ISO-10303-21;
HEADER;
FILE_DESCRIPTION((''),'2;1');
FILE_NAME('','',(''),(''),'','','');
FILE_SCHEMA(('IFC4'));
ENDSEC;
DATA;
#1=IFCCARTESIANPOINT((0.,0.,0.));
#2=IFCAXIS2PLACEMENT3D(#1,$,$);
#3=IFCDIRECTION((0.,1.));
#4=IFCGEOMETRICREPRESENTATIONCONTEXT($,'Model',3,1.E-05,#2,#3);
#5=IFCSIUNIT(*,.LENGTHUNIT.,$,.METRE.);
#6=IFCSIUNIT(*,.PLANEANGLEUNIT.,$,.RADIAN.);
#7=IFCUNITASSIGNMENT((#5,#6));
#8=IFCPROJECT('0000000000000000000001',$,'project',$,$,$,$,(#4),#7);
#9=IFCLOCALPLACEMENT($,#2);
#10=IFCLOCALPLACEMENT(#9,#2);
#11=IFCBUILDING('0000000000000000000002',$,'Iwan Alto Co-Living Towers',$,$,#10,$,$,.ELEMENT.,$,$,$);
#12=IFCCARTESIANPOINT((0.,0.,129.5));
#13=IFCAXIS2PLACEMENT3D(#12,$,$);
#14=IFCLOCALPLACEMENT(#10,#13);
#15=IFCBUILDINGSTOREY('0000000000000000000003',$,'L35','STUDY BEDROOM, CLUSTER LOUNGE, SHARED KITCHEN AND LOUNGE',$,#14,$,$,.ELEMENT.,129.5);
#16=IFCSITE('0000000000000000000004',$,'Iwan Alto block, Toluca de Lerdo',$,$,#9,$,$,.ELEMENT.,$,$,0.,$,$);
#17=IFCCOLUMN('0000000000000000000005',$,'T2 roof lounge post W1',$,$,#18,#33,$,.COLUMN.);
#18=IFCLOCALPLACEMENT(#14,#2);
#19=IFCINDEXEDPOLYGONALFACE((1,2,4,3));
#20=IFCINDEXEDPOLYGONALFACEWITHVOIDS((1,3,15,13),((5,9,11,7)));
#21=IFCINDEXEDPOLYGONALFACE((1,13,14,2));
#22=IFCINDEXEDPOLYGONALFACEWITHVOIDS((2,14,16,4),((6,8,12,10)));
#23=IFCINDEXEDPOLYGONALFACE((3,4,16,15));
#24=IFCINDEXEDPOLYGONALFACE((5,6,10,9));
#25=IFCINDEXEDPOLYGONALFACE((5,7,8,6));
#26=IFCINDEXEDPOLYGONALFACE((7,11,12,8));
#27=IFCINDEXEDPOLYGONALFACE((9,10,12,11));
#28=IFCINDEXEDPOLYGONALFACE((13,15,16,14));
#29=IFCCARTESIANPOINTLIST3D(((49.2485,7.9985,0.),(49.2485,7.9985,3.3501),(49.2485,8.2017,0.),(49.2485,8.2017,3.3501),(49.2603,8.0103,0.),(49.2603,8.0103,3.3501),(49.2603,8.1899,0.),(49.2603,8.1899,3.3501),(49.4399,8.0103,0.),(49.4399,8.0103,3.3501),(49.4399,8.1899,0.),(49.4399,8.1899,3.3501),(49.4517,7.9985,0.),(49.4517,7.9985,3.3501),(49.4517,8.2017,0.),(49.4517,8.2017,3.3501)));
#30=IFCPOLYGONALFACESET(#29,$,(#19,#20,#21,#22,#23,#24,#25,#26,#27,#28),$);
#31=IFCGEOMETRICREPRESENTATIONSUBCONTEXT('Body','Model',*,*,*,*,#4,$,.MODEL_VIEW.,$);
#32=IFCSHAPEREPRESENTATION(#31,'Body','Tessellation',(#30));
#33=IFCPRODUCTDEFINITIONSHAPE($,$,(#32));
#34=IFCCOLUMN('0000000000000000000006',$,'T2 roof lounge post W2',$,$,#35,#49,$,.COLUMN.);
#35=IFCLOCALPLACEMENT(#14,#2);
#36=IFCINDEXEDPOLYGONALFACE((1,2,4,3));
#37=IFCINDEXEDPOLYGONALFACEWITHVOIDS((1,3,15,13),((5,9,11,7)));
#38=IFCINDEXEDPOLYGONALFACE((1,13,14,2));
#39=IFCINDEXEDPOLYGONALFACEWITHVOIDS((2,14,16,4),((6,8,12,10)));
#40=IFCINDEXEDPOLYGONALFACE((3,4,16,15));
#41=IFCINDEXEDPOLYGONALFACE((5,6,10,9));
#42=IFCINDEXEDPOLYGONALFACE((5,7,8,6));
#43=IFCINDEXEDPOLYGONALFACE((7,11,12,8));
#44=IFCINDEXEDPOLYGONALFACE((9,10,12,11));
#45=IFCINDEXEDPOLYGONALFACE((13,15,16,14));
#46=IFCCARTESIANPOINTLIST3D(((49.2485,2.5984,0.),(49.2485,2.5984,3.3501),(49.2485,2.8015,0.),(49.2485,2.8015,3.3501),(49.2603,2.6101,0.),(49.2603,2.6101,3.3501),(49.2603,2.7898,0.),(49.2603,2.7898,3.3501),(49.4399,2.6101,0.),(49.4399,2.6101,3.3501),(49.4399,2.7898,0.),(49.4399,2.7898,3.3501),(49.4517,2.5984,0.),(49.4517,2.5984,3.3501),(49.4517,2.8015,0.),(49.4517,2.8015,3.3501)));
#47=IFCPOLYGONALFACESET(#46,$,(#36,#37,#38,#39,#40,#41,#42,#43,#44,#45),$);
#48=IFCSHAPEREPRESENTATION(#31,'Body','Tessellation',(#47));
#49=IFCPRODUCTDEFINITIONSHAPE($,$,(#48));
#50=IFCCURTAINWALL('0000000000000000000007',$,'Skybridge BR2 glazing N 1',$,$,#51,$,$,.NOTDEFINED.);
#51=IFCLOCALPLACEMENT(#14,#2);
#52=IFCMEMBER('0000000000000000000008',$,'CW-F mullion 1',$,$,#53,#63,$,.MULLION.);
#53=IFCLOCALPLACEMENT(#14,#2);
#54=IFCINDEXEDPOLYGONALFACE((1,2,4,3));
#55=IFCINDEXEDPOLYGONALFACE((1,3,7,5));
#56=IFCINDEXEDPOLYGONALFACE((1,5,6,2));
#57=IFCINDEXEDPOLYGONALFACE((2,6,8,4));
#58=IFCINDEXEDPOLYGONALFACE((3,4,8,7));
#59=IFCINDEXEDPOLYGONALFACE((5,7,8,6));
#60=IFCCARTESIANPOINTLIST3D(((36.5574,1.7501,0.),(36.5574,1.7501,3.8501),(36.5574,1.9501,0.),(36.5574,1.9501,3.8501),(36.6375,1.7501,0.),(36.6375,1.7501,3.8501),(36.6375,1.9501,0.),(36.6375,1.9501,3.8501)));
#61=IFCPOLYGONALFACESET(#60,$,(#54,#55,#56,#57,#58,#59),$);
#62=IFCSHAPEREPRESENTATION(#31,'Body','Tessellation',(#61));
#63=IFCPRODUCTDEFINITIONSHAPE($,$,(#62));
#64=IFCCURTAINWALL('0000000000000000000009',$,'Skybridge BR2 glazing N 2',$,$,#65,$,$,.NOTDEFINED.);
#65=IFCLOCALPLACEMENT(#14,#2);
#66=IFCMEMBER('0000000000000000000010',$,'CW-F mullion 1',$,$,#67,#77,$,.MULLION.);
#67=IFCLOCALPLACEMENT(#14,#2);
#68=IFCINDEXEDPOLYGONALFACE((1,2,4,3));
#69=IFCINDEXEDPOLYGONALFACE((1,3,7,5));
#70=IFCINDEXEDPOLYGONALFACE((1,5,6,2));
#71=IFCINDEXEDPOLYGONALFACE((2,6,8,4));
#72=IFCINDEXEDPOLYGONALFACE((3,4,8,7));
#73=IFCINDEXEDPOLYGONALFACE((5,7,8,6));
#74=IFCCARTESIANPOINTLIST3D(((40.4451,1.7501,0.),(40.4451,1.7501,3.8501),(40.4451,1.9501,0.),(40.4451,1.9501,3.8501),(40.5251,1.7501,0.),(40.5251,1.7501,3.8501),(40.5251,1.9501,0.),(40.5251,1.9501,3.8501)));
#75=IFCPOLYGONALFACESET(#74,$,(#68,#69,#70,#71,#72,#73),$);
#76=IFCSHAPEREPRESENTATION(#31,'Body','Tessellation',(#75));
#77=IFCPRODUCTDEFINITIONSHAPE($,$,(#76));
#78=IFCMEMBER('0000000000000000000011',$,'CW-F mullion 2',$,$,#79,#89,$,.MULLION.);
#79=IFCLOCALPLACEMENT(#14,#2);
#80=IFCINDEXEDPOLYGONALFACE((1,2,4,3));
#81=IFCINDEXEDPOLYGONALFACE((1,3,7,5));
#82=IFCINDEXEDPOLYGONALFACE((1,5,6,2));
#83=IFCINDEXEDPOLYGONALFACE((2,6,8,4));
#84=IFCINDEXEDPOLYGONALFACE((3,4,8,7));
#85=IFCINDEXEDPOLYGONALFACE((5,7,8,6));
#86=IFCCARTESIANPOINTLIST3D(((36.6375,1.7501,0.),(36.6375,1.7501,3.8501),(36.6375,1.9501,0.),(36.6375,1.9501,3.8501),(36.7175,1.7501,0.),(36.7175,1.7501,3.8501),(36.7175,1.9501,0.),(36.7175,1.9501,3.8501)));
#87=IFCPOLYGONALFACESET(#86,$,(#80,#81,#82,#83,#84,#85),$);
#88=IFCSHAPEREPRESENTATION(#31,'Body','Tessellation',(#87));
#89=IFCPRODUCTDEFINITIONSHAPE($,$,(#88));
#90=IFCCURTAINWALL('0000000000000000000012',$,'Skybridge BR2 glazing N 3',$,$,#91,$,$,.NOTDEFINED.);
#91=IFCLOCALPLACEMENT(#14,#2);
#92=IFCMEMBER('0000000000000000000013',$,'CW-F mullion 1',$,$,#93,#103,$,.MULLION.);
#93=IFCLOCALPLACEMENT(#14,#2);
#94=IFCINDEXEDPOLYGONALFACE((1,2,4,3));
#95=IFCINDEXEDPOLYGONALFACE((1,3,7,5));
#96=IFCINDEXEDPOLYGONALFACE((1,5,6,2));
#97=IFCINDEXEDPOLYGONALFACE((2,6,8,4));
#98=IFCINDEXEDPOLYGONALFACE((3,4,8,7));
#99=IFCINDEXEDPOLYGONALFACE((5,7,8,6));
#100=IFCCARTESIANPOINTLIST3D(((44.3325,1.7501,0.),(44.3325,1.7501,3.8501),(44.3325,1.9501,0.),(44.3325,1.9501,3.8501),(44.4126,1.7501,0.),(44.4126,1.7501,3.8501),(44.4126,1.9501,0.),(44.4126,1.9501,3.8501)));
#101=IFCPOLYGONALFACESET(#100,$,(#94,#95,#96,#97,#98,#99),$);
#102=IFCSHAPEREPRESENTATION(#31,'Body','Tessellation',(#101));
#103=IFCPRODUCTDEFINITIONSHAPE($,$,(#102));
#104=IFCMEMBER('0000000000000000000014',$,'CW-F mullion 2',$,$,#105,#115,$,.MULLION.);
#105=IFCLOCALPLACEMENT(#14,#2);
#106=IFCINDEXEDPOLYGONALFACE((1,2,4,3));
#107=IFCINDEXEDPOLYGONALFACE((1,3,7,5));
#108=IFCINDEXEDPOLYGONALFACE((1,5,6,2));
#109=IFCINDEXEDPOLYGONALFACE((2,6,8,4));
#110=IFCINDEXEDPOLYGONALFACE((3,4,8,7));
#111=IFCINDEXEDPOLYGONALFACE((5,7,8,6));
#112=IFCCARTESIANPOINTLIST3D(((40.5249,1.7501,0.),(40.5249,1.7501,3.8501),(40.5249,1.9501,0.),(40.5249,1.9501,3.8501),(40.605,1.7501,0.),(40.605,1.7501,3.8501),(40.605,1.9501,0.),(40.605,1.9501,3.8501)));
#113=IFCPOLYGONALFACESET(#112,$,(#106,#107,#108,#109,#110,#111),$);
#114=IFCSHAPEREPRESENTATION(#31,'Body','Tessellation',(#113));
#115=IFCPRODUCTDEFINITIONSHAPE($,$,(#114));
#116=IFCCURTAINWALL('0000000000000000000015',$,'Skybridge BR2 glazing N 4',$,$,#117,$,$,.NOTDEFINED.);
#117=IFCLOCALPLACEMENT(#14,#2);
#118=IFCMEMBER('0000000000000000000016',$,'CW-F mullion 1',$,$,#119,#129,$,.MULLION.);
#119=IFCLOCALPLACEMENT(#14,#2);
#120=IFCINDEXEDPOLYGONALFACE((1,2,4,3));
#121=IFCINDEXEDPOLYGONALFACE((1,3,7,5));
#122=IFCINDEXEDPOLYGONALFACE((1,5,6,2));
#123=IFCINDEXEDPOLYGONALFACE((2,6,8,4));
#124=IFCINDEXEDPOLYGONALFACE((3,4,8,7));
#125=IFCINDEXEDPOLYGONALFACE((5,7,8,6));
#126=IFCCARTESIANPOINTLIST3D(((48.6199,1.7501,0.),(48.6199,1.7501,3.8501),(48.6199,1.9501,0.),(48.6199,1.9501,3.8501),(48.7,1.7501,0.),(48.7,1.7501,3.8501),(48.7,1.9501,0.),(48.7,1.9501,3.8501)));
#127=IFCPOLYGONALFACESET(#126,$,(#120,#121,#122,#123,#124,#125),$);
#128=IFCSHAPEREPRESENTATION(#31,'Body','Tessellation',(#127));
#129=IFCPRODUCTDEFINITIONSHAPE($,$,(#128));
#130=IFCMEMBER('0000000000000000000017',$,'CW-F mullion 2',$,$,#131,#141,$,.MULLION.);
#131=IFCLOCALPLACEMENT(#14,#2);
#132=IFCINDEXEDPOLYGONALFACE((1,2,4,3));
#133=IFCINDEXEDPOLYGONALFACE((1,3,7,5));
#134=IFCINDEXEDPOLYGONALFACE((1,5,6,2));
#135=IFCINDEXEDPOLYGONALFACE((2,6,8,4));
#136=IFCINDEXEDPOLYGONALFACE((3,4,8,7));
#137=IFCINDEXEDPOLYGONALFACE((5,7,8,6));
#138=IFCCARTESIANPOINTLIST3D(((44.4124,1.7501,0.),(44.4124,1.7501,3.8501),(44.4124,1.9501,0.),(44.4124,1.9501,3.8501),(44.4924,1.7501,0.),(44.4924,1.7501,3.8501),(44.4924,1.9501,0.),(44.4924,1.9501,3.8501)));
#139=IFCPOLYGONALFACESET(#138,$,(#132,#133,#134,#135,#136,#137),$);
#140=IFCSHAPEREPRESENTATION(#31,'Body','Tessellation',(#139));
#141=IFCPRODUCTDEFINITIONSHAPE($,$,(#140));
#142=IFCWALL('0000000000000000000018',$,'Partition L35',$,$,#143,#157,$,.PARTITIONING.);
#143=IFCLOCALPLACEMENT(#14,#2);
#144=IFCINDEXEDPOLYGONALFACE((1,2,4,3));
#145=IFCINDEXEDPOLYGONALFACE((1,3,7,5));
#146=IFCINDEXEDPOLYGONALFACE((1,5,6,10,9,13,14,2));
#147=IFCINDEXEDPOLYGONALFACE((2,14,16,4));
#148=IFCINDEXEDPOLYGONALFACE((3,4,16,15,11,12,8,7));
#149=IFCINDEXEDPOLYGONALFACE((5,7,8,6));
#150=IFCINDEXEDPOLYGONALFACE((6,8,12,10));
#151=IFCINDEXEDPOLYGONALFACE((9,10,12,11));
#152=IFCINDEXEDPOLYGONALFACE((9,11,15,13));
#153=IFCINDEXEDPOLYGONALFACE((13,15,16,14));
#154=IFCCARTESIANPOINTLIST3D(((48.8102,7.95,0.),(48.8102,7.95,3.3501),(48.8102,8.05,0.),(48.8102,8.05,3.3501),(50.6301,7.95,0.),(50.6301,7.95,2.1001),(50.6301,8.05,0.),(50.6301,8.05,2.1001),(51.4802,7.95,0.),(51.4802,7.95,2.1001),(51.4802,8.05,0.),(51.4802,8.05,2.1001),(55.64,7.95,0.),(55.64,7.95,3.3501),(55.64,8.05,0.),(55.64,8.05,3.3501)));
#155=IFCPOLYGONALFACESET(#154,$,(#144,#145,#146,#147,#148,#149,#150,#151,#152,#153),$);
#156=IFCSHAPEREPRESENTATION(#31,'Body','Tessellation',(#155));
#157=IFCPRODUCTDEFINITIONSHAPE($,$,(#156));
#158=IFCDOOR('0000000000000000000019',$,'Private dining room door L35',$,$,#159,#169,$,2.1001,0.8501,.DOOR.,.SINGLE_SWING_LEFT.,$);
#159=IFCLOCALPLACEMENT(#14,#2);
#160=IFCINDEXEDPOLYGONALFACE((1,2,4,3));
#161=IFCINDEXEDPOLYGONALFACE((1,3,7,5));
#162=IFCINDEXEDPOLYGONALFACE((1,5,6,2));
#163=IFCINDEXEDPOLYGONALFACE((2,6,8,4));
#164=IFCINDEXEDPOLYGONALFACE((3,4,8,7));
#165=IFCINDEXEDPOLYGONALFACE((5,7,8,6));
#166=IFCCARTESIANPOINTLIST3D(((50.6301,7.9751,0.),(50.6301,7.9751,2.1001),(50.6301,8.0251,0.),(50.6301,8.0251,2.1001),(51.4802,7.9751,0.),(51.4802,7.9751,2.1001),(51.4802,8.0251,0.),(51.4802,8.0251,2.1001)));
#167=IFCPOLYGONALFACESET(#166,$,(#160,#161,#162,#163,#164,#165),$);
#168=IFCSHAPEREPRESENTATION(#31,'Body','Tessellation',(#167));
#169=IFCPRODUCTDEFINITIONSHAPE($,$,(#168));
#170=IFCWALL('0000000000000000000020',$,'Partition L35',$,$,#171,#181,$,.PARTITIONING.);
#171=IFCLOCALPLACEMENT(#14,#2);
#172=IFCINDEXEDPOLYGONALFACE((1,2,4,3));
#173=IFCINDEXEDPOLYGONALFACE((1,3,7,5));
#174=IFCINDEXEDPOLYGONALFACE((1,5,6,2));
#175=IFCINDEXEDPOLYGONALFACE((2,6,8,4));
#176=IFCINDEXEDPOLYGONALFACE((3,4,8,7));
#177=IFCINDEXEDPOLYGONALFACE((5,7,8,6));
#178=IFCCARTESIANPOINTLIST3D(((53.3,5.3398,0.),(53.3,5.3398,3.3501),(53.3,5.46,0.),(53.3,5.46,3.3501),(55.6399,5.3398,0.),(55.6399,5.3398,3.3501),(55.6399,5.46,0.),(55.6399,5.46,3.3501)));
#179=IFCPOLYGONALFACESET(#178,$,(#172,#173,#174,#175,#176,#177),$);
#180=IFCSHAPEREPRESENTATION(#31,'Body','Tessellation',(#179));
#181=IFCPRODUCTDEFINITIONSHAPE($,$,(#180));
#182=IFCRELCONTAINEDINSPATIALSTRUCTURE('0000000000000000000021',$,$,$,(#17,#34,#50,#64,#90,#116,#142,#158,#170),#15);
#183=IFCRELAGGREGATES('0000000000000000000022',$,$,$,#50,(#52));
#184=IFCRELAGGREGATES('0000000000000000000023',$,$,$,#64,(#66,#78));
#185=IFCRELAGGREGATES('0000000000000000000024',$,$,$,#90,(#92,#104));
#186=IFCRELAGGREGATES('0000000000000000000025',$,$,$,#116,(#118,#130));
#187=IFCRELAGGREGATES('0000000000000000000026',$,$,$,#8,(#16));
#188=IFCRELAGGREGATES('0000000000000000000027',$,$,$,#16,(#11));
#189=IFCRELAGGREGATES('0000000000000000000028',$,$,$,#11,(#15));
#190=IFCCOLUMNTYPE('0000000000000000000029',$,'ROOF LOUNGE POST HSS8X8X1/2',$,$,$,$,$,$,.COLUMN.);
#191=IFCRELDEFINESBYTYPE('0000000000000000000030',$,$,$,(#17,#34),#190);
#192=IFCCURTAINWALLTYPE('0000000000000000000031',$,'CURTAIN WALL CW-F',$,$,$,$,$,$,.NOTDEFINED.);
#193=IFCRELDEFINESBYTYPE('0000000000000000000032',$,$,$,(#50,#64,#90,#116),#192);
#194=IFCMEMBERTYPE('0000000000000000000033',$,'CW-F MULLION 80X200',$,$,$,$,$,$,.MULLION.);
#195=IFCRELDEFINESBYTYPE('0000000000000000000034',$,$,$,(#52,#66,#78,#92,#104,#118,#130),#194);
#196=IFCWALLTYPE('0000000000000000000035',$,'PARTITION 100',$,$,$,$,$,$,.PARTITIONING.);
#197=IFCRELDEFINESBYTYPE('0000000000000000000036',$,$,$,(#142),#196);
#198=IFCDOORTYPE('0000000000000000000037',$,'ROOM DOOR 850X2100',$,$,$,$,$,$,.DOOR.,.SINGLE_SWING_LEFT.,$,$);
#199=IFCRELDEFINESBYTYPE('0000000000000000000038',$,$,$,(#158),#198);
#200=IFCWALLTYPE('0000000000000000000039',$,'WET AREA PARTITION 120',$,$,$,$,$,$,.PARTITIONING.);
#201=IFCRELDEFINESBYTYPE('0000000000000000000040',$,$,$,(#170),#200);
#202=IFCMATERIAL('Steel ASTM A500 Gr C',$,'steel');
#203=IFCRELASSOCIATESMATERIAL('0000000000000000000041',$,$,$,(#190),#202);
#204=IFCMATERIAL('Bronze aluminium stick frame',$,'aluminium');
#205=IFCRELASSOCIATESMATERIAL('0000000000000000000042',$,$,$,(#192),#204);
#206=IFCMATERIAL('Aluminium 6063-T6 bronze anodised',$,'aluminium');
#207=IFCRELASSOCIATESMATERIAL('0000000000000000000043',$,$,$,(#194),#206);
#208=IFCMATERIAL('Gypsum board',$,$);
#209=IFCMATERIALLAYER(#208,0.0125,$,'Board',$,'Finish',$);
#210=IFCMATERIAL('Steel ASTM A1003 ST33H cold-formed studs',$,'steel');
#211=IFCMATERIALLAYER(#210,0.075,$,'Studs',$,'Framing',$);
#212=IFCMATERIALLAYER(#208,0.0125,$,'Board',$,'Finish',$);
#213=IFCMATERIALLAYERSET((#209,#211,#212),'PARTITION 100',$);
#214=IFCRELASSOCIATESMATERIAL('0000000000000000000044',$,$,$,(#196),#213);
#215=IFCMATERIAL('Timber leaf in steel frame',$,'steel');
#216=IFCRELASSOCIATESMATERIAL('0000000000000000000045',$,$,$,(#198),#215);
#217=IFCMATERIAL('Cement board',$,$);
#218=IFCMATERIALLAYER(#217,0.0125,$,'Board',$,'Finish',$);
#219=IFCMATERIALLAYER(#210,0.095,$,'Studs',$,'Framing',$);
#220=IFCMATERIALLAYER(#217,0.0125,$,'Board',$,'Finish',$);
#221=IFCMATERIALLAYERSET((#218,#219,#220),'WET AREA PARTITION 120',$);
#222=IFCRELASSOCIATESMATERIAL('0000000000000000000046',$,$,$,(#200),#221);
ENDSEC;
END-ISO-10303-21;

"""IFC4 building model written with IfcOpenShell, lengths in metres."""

from ifc_helpers import new_model, si_unit, direction, frame, frame_2d, origin, origin_2d, place, context, subcontext, project, spatial, rectangle, hollow_rectangle, extrude, material, layer, layer_set, material_profile, profile_set, type_object, element, fill, aggregate, save


model = new_model("IFC4")

# Units and contexts
model_context = context("Model", 3, precision=1e-05, world=origin(), true_north=direction((0.0, 1.0)))
body_context = subcontext(model_context, "Body", "Model", "MODEL_VIEW")
ifc_project = project(units=[si_unit("LENGTHUNIT", "METRE"), si_unit("PLANEANGLEUNIT", "RADIAN")], contexts=[model_context])

# Site, building, storey
site_placement = place(None, origin())
site = spatial("IfcSite", under=ifc_project, at=site_placement, Name="Iwan Alto block, Toluca de Lerdo", CompositionType="ELEMENT", RefElevation=0.0)
building_placement = place(site_placement, origin())
building = spatial("IfcBuilding", under=site, at=building_placement, Name="Iwan Alto Co-Living Towers", CompositionType="ELEMENT")
storey_placement = place(building_placement, frame((0.0, 0.0, 129.5)))
storey = spatial("IfcBuildingStorey", under=building, at=storey_placement, Name="L35", Description="STUDY BEDROOM, CLUSTER LOUNGE, SHARED KITCHEN AND LOUNGE", CompositionType="ELEMENT", Elevation=129.5)

# Columns
ifc_material_1 = material(Name="Steel ASTM A500 Gr C", Category="steel")
ifc_material_profile_1 = material_profile(ifc_material_1, hollow_rectangle(XDim=0.2031, YDim=0.2031, WallThickness=0.0117, at=origin_2d()), Name="HSS8X8X1/2")
ifc_profile_set_1 = profile_set([ifc_material_profile_1], Name="Steel ASTM A500 Gr C")
column_type = type_object("IfcColumnType", Name="ROOF LOUNGE POST HSS8X8X1/2", PredefinedType="COLUMN", material=ifc_profile_set_1)
for number, where, z_axis, x_axis, name in (
    (1, (49.3501, 8.1001, 0.0), (0.0, 0.0, 1.0), (1.0, 0.0, 0.0), "T2 roof lounge post W1"),
    (2, (49.3501, 2.7, 0.0), (0.0, 0.0, 1.0), (1.0, 0.0, 0.0), "T2 roof lounge post W2"),
):
    element("IfcColumn", number, at=place(storey_placement, frame(where, z_axis=z_axis, x_axis=x_axis)), inside=storey, type_object=column_type, Name=name, PredefinedType="COLUMN", context=body_context, shape_type="SweptSolid", body=[
        extrude(hollow_rectangle(XDim=0.2031, YDim=0.2031, WallThickness=0.0117, at=origin_2d()), origin(), (0.0, 0.0, 1.0), 3.3501),
    ])

# Curtain wall, member
ifc_material_2 = material(Name="Bronze aluminium stick frame", Category="aluminium")
curtain_wall_type = type_object("IfcCurtainWallType", Name="CURTAIN WALL CW-F", PredefinedType="NOTDEFINED", material=ifc_material_2)
curtain_wall_1_placement = place(storey_placement, origin())
curtain_wall_1 = element("IfcCurtainWall", 3, at=curtain_wall_1_placement, inside=storey, type_object=curtain_wall_type, Name="Skybridge BR2 glazing N 1", PredefinedType="NOTDEFINED")
ifc_material_3 = material(Name="Aluminium 6063-T6 bronze anodised", Category="aluminium")
ifc_material_profile_2 = material_profile(ifc_material_3, rectangle(XDim=0.2, YDim=0.0801, at=origin_2d()), Name="AL 80X200")
ifc_profile_set_2 = profile_set([ifc_material_profile_2], Name="Aluminium 6063-T6 bronze anodised")
member_type = type_object("IfcMemberType", Name="CW-F MULLION 80X200", PredefinedType="MULLION", material=ifc_profile_set_2)
member_1_placement = place(storey_placement, frame((36.5974, 1.8501, 0.0), z_axis=(0.0, 0.0, 1.0), x_axis=(0.0, -1.0, 0.0)))
member_1 = element("IfcMember", 4, at=member_1_placement, type_object=member_type, Name="CW-F mullion 1", PredefinedType="MULLION", context=body_context, shape_type="SweptSolid", body=[
    extrude(rectangle(XDim=0.2, YDim=0.0801, at=origin_2d()), origin(), (0.0, 0.0, 1.0), 3.8501),
])
aggregate(curtain_wall_1, [member_1])

# Curtain walls, members
curtain_wall_2_placement = place(storey_placement, origin())
curtain_wall_2 = element("IfcCurtainWall", 5, at=curtain_wall_2_placement, inside=storey, type_object=curtain_wall_type, Name="Skybridge BR2 glazing N 2", PredefinedType="NOTDEFINED")
member_2_placement = place(storey_placement, frame((40.4851, 1.8501, 0.0), z_axis=(0.0, 0.0, 1.0), x_axis=(0.0, -1.0, 0.0)))
member_2 = element("IfcMember", 6, at=member_2_placement, type_object=member_type, Name="CW-F mullion 1", PredefinedType="MULLION", context=body_context, shape_type="SweptSolid", body=[
    extrude(rectangle(XDim=0.2, YDim=0.0801, at=origin_2d()), origin(), (0.0, 0.0, 1.0), 3.8501),
])
member_3_placement = place(storey_placement, frame((36.6775, 1.8501, 0.0), z_axis=(0.0, 0.0, 1.0), x_axis=(0.0, -1.0, 0.0)))
member_3 = element("IfcMember", 7, at=member_3_placement, type_object=member_type, Name="CW-F mullion 2", PredefinedType="MULLION", context=body_context, shape_type="SweptSolid", body=[
    extrude(rectangle(XDim=0.2, YDim=0.0801, at=origin_2d()), origin(), (0.0, 0.0, 1.0), 3.8501),
])
aggregate(curtain_wall_2, [member_2, member_3])
curtain_wall_3_placement = place(storey_placement, origin())
curtain_wall_3 = element("IfcCurtainWall", 8, at=curtain_wall_3_placement, inside=storey, type_object=curtain_wall_type, Name="Skybridge BR2 glazing N 3", PredefinedType="NOTDEFINED")
member_4_placement = place(storey_placement, frame((44.3726, 1.8501, 0.0), z_axis=(0.0, 0.0, 1.0), x_axis=(0.0, -1.0, 0.0)))
member_4 = element("IfcMember", 9, at=member_4_placement, type_object=member_type, Name="CW-F mullion 1", PredefinedType="MULLION", context=body_context, shape_type="SweptSolid", body=[
    extrude(rectangle(XDim=0.2, YDim=0.0801, at=origin_2d()), origin(), (0.0, 0.0, 1.0), 3.8501),
])
member_5_placement = place(storey_placement, frame((40.5649, 1.8501, 0.0), z_axis=(0.0, 0.0, 1.0), x_axis=(0.0, -1.0, 0.0)))
member_5 = element("IfcMember", 10, at=member_5_placement, type_object=member_type, Name="CW-F mullion 2", PredefinedType="MULLION", context=body_context, shape_type="SweptSolid", body=[
    extrude(rectangle(XDim=0.2, YDim=0.0801, at=origin_2d()), origin(), (0.0, 0.0, 1.0), 3.8501),
])
aggregate(curtain_wall_3, [member_4, member_5])
curtain_wall_4_placement = place(storey_placement, origin())
curtain_wall_4 = element("IfcCurtainWall", 11, at=curtain_wall_4_placement, inside=storey, type_object=curtain_wall_type, Name="Skybridge BR2 glazing N 4", PredefinedType="NOTDEFINED")
member_6_placement = place(storey_placement, frame((48.6599, 1.8501, 0.0), z_axis=(0.0, 0.0, 1.0), x_axis=(0.0, -1.0, 0.0)))
member_6 = element("IfcMember", 12, at=member_6_placement, type_object=member_type, Name="CW-F mullion 1", PredefinedType="MULLION", context=body_context, shape_type="SweptSolid", body=[
    extrude(rectangle(XDim=0.2, YDim=0.0801, at=origin_2d()), origin(), (0.0, 0.0, 1.0), 3.8501),
])
member_7_placement = place(storey_placement, frame((44.4524, 1.8501, 0.0), z_axis=(0.0, 0.0, 1.0), x_axis=(0.0, -1.0, 0.0)))
member_7 = element("IfcMember", 13, at=member_7_placement, type_object=member_type, Name="CW-F mullion 2", PredefinedType="MULLION", context=body_context, shape_type="SweptSolid", body=[
    extrude(rectangle(XDim=0.2, YDim=0.0801, at=origin_2d()), origin(), (0.0, 0.0, 1.0), 3.8501),
])
aggregate(curtain_wall_4, [member_6, member_7])

# Wall, opening, door
ifc_material_4 = material(Name="Gypsum board")
ifc_layer_1 = layer(ifc_material_4, 0.0125, Name="Board", Category="Finish")
ifc_material_5 = material(Name="Steel ASTM A1003 ST33H cold-formed studs", Category="steel")
ifc_layer_2 = layer(ifc_material_5, 0.075, Name="Studs", Category="Framing")
ifc_layer_3 = layer(ifc_material_4, 0.0125, Name="Board", Category="Finish")
ifc_layer_set_1 = layer_set([ifc_layer_1, ifc_layer_2, ifc_layer_3], Name="PARTITION 100")
wall_type_1 = type_object("IfcWallType", Name="PARTITION 100", PredefinedType="PARTITIONING", material=ifc_layer_set_1)
wall_1_placement = place(storey_placement, frame((48.8101, 8.0, 0.0), z_axis=(0.0, 0.0, 1.0), x_axis=(1.0, 0.0, 0.0)))
wall_1 = element("IfcWall", 14, at=wall_1_placement, inside=storey, type_object=wall_type_1, Name="Partition L35", PredefinedType="PARTITIONING", context=body_context, shape_type="SweptSolid", body=[
    extrude(rectangle(XDim=6.8298, YDim=0.1001, at=frame_2d((3.415, 0.0))), origin(), (0.0, 0.0, 1.0), 3.3501),
])
opening_1_placement = place(wall_1_placement, frame((1.8201, 0.0, 0.0)))
opening_1 = element("IfcOpeningElement", 15, at=opening_1_placement, cuts=wall_1, PredefinedType="OPENING", context=body_context, shape_type="SweptSolid", body=[
    extrude(rectangle(XDim=0.8501, YDim=2.1001, at=frame_2d((0.425, 1.05))), frame((0.0, 0.0601, 0.0), z_axis=(0.0, -1.0, 0.0), x_axis=(1.0, 0.0, 0.0)), (0.0, 0.0, 1.0), 0.1201),
])
ifc_material_6 = material(Name="Timber leaf in steel frame", Category="steel")
door_type_1 = type_object("IfcDoorType", Name="ROOM DOOR 850X2100", OperationType="SINGLE_SWING_LEFT", PredefinedType="DOOR", material=ifc_material_6)
door_1_placement = place(opening_1_placement, frame((0.8501, 0.0, 0.0), z_axis=(0.0, 0.0, 1.0), x_axis=(-1.0, 0.0, 0.0)))
door_1 = element("IfcDoor", 16, at=door_1_placement, inside=storey, type_object=door_type_1, Name="Private dining room door L35", OperationType="SINGLE_SWING_LEFT", OverallHeight=2.1001, OverallWidth=0.8501, PredefinedType="DOOR", context=body_context, shape_type="SweptSolid", body=[
    extrude(rectangle(XDim=0.8501, YDim=2.1001, at=frame_2d((0.425, 1.05))), frame((0.0, 0.0249, 0.0), z_axis=(0.0, -1.0, 0.0), x_axis=(1.0, 0.0, 0.0)), (0.0, 0.0, 1.0), 0.05),
])
fill(opening_1, door_1)

# Wall
ifc_material_7 = material(Name="Cement board")
ifc_layer_4 = layer(ifc_material_7, 0.0125, Name="Board", Category="Finish")
ifc_layer_5 = layer(ifc_material_5, 0.095, Name="Studs", Category="Framing")
ifc_layer_6 = layer(ifc_material_7, 0.0125, Name="Board", Category="Finish")
ifc_layer_set_2 = layer_set([ifc_layer_4, ifc_layer_5, ifc_layer_6], Name="WET AREA PARTITION 120")
wall_type_2 = type_object("IfcWallType", Name="WET AREA PARTITION 120", PredefinedType="PARTITIONING", material=ifc_layer_set_2)
wall_2_placement = place(storey_placement, frame((53.3, 5.3999, 0.0), z_axis=(0.0, 0.0, 1.0), x_axis=(1.0, 0.0, 0.0)))
element("IfcWall", 17, at=wall_2_placement, inside=storey, type_object=wall_type_2, Name="Partition L35", PredefinedType="PARTITIONING", context=body_context, shape_type="SweptSolid", body=[
    extrude(rectangle(XDim=2.3398, YDim=0.1201, at=frame_2d((1.1699, 0.0))), origin(), (0.0, 0.0, 1.0), 3.3501),
])

save(model, "model.ifc")
